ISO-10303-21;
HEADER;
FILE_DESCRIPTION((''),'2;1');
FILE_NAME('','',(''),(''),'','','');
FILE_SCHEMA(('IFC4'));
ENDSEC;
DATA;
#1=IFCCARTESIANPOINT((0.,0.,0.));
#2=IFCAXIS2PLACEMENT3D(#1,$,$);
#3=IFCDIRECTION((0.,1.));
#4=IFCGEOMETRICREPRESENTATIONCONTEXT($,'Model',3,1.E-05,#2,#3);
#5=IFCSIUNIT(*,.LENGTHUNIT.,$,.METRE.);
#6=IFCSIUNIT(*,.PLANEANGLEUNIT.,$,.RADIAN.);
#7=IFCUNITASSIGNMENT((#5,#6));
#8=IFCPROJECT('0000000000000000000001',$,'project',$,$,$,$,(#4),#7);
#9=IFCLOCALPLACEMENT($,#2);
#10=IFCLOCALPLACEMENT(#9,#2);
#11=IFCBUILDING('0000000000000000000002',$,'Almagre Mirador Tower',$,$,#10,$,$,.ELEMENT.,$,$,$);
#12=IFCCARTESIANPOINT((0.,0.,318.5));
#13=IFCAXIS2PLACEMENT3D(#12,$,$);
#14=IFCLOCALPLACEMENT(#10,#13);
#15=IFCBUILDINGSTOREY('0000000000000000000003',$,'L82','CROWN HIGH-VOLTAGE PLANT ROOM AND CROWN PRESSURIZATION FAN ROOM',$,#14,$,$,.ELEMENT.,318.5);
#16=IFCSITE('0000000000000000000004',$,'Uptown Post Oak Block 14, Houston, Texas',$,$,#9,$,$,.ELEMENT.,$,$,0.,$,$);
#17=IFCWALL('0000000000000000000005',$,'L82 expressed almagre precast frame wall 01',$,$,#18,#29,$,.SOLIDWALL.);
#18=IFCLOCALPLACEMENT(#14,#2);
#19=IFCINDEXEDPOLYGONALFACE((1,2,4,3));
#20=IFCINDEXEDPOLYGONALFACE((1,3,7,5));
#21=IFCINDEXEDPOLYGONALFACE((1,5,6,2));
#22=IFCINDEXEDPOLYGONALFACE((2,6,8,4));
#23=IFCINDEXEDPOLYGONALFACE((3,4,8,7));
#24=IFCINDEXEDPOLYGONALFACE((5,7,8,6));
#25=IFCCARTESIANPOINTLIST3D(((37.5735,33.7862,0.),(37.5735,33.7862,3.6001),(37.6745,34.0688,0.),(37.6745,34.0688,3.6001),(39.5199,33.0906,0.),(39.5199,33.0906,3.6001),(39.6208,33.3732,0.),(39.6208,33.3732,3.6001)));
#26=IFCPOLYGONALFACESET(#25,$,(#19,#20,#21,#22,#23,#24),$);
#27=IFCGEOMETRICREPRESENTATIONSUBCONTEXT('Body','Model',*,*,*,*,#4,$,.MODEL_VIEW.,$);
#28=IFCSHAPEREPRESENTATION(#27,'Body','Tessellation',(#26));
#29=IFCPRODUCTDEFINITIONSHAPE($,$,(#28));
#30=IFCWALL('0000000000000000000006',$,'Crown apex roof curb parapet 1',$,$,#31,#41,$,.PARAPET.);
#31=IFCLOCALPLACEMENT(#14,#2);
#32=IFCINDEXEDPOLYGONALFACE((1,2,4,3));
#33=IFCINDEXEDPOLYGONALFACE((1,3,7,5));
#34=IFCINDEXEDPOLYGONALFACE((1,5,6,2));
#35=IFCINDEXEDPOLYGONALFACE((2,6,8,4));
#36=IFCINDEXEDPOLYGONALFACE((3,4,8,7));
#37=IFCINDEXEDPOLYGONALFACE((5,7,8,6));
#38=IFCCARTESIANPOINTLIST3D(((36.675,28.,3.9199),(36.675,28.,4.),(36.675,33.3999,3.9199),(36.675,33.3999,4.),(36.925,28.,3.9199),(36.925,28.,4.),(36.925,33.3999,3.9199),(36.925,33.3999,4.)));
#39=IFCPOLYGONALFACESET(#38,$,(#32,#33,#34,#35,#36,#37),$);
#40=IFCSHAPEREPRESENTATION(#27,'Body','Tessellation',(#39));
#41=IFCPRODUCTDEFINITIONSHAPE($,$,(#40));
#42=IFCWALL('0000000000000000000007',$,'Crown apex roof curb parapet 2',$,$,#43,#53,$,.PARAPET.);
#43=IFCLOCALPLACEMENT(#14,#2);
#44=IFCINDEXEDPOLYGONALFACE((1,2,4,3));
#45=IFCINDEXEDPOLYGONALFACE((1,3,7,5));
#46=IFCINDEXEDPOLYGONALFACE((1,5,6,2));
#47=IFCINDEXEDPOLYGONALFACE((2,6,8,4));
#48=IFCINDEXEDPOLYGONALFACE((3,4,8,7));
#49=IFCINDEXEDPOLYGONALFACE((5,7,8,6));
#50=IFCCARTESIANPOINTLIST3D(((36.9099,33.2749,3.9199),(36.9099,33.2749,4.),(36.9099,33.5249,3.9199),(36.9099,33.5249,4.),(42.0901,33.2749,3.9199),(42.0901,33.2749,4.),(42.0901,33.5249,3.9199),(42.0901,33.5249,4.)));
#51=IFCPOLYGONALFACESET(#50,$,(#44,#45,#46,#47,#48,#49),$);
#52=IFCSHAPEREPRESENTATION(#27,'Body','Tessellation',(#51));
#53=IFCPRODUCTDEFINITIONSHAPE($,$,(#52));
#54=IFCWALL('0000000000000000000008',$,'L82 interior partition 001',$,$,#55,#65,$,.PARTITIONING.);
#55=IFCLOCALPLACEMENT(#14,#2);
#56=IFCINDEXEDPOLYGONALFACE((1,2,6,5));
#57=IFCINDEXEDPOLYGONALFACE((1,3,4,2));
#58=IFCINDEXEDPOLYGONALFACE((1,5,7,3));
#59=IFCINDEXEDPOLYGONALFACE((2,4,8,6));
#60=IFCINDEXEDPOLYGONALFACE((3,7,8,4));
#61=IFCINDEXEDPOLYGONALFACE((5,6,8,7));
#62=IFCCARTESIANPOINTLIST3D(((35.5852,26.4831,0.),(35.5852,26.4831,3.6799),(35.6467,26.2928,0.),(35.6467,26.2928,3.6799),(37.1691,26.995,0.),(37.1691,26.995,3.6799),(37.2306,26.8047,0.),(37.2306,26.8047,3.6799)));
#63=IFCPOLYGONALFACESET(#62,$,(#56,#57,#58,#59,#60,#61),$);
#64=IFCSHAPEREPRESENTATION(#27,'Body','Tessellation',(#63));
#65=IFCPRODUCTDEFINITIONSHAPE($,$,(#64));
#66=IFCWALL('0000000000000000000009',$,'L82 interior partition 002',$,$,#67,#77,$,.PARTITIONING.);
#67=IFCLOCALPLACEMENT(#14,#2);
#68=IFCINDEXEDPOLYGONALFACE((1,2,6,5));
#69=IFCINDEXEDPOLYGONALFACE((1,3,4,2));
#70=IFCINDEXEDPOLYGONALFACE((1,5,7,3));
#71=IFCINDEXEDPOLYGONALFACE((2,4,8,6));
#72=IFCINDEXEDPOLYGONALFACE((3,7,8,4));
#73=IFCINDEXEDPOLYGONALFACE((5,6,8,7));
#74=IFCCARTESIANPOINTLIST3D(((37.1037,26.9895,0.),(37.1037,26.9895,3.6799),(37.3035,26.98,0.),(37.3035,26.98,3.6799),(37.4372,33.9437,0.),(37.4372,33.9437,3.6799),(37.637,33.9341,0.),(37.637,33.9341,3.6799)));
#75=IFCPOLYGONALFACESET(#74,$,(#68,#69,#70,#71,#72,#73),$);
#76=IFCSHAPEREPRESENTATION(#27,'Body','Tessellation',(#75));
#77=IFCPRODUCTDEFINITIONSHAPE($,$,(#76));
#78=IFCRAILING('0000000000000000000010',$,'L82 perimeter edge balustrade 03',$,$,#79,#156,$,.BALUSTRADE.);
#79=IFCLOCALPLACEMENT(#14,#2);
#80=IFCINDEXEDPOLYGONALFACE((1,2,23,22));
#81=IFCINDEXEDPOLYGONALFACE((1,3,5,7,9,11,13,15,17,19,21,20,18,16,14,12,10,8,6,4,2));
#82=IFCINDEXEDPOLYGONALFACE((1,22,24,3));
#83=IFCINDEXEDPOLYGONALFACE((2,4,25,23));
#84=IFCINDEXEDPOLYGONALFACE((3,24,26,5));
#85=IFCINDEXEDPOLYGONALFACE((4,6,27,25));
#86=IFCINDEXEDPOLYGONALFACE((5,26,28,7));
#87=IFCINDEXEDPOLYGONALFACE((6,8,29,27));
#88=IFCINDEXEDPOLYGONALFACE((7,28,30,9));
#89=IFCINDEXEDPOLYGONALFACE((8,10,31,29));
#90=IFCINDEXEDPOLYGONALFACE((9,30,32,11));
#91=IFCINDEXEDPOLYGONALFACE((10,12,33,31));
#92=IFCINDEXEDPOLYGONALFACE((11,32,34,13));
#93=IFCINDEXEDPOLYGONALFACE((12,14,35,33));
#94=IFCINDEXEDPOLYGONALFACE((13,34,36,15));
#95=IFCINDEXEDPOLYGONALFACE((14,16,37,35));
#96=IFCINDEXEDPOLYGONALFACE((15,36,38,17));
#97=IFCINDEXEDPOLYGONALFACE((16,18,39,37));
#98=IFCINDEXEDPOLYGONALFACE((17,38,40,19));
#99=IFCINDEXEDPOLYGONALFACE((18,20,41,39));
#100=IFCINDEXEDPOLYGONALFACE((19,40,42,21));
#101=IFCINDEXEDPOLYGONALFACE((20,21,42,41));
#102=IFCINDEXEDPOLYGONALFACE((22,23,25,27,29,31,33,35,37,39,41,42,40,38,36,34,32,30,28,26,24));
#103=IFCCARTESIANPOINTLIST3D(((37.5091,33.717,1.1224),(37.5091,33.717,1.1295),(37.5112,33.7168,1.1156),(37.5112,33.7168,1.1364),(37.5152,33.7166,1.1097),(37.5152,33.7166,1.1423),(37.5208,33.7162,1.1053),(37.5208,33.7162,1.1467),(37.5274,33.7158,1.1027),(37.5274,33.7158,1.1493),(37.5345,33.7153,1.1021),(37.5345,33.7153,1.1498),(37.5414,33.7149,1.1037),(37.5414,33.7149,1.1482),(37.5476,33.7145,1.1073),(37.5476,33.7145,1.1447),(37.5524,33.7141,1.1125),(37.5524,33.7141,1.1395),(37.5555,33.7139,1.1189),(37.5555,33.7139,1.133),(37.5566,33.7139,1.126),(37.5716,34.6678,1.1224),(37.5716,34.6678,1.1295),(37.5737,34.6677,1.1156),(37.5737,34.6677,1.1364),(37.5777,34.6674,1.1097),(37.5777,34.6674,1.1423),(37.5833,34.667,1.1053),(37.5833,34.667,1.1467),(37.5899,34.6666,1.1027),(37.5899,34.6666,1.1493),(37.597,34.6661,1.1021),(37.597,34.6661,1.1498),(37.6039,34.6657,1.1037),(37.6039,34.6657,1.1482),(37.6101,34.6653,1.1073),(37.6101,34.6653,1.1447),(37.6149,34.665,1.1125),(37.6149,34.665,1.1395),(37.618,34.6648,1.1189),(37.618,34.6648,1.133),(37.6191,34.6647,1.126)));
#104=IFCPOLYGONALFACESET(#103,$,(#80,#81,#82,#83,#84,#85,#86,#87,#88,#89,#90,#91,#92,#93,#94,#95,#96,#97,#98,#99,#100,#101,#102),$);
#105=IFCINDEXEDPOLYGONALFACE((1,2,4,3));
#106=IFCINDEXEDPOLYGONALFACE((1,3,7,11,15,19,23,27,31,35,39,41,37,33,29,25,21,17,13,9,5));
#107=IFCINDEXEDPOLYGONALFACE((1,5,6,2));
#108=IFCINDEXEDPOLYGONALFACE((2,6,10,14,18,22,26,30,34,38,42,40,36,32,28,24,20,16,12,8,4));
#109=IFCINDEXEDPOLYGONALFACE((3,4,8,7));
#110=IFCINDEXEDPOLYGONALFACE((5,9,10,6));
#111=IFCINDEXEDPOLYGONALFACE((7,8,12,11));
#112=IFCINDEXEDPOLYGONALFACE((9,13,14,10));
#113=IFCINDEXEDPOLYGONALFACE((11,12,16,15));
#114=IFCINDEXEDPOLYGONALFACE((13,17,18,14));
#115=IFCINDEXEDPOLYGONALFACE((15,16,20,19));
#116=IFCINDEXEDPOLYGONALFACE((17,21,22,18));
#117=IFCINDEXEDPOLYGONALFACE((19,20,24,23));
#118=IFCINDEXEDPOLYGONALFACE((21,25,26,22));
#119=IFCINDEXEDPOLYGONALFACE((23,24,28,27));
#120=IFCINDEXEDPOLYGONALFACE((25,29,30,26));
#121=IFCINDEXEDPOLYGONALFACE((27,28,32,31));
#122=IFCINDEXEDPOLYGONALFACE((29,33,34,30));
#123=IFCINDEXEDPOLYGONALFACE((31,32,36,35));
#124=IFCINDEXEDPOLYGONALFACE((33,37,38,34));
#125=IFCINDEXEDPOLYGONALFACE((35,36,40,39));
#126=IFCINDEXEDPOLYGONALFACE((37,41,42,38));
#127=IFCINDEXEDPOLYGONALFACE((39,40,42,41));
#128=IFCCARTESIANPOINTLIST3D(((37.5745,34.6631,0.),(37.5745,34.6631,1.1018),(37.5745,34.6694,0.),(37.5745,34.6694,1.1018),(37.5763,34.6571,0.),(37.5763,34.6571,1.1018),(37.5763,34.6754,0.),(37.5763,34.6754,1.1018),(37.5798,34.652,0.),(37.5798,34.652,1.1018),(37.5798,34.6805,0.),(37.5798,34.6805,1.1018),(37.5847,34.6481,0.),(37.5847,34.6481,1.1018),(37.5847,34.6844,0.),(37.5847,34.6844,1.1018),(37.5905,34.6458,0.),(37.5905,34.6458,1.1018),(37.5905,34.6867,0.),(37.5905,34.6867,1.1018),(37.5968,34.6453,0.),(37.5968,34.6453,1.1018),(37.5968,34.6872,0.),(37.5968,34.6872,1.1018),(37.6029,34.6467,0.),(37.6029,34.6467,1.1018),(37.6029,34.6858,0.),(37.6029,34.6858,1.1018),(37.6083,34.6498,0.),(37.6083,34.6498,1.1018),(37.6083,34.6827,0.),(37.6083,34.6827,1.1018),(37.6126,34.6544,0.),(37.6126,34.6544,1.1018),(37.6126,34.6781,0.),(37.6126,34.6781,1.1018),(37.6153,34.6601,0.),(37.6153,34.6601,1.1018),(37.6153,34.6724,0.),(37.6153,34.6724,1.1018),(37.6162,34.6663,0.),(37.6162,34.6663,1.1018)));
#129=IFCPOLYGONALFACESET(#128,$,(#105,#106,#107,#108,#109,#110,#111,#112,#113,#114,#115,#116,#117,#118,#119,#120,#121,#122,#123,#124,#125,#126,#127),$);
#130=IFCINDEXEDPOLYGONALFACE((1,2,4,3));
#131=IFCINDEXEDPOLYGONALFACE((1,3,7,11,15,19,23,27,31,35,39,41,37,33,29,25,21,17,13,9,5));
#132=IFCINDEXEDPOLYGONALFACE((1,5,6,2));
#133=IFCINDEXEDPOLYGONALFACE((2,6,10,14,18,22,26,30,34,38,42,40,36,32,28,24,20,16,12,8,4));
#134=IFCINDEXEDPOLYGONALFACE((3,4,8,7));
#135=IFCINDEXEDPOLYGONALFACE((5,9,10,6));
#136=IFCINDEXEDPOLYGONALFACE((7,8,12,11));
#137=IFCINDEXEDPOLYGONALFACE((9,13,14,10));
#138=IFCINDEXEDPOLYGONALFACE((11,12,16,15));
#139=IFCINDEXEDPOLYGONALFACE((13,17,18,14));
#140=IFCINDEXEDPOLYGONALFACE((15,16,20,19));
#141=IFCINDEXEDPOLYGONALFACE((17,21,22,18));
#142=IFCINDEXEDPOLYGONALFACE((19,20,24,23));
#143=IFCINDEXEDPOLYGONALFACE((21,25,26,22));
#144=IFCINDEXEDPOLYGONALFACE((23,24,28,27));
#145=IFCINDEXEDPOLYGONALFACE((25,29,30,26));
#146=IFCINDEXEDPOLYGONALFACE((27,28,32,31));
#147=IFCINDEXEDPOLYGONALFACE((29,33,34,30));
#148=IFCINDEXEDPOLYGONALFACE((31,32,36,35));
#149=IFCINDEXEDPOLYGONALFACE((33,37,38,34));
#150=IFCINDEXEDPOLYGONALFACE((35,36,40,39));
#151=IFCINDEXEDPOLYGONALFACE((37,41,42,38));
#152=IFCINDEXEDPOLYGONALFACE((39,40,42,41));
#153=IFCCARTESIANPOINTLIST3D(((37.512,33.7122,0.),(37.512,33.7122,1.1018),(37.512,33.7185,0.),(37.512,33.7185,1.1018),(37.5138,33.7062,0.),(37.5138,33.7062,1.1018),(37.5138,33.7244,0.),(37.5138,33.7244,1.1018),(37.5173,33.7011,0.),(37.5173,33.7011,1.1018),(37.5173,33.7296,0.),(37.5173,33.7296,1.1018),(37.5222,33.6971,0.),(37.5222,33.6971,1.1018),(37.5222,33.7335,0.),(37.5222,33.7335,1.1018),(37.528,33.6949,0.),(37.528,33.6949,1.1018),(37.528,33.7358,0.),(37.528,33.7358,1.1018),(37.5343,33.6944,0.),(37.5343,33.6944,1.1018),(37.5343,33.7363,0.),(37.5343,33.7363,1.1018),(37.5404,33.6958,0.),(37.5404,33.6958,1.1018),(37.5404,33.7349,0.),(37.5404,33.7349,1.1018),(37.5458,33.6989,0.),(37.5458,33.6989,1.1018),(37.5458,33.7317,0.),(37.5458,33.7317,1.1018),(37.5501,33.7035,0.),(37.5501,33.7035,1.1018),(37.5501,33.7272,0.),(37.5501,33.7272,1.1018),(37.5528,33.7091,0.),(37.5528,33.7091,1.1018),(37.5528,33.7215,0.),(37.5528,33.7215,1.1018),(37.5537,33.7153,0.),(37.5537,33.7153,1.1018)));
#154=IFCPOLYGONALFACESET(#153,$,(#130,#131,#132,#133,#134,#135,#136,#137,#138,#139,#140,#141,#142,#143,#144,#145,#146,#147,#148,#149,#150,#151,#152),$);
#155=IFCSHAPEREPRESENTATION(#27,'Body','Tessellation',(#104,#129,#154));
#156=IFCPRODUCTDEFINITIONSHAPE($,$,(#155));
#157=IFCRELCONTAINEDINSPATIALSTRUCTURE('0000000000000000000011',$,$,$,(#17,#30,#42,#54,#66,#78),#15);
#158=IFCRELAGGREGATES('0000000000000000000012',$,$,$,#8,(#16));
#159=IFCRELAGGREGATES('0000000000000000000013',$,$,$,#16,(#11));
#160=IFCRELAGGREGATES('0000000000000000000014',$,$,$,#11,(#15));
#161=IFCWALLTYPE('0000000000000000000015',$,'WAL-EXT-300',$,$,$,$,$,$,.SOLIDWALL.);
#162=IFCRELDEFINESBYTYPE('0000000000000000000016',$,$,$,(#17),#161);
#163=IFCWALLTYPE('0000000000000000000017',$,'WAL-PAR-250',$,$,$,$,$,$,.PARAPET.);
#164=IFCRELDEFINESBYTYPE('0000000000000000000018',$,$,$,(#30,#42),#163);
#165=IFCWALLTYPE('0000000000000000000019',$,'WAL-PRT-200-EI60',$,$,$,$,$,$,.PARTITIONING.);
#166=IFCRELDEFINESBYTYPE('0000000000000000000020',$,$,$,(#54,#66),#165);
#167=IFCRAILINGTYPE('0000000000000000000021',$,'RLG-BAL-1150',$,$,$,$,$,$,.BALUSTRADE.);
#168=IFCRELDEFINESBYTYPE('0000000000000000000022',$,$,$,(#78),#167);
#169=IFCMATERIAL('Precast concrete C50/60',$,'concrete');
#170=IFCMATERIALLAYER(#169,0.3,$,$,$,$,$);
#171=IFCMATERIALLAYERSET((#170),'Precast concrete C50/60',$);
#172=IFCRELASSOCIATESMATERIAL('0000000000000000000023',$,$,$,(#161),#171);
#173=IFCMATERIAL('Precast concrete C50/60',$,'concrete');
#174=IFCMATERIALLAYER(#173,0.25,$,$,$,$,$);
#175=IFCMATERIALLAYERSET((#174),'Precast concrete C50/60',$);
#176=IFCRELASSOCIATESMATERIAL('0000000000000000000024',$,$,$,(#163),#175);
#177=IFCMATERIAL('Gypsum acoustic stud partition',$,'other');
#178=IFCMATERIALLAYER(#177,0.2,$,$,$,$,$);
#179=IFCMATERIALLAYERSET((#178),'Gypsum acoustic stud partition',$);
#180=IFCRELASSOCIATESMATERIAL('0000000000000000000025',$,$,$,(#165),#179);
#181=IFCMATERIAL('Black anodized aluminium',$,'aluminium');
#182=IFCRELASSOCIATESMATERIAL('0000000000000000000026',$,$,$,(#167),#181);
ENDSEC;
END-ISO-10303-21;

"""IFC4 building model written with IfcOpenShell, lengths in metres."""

from ifc_helpers import new_model, si_unit, direction, frame, frame_2d, origin, origin_2d, place, context, subcontext, project, spatial, rectangle, circle, extrude, material, layer, layer_set, type_object, element, save


model = new_model("IFC4")

# Units and contexts
model_context = context("Model", 3, precision=1e-05, world=origin(), true_north=direction((0.0, 1.0)))
body_context = subcontext(model_context, "Body", "Model", "MODEL_VIEW")
ifc_project = project(units=[si_unit("LENGTHUNIT", "METRE"), si_unit("PLANEANGLEUNIT", "RADIAN")], contexts=[model_context])

# Site, building, storey
site_placement = place(None, origin())
site = spatial("IfcSite", under=ifc_project, at=site_placement, Name="Uptown Post Oak Block 14, Houston, Texas", CompositionType="ELEMENT", RefElevation=0.0)
building_placement = place(site_placement, origin())
building = spatial("IfcBuilding", under=site, at=building_placement, Name="Almagre Mirador Tower", CompositionType="ELEMENT")
storey_placement = place(building_placement, frame((0.0, 0.0, 318.5)))
storey = spatial("IfcBuildingStorey", under=building, at=storey_placement, Name="L82", Description="CROWN HIGH-VOLTAGE PLANT ROOM AND CROWN PRESSURIZATION FAN ROOM", CompositionType="ELEMENT", Elevation=318.5)

# Walls
ifc_material_1 = material(Name="Precast concrete C50/60", Category="concrete")
ifc_layer_1 = layer(ifc_material_1, 0.3)
ifc_layer_set_1 = layer_set([ifc_layer_1], Name="Precast concrete C50/60")
wall_type_1 = type_object("IfcWallType", Name="WAL-EXT-300", PredefinedType="SOLIDWALL", material=ifc_layer_set_1)
wall_1_placement = place(storey_placement, frame((37.624, 33.9275, 0.0), z_axis=(0.0, 0.0, 1.0), x_axis=(0.941672, -0.336531, 0.0)))
element("IfcWall", 1, at=wall_1_placement, inside=storey, type_object=wall_type_1, Name="L82 expressed almagre precast frame wall 01", PredefinedType="SOLIDWALL", context=body_context, shape_type="SweptSolid", body=[
    extrude(rectangle(XDim=2.0669, YDim=0.3, at=frame_2d((1.0334, 0.0))), origin(), (0.0, 0.0, 1.0), 3.6001),
])
ifc_material_2 = material(Name="Precast concrete C50/60", Category="concrete")
ifc_layer_2 = layer(ifc_material_2, 0.25)
ifc_layer_set_2 = layer_set([ifc_layer_2], Name="Precast concrete C50/60")
wall_type_2 = type_object("IfcWallType", Name="WAL-PAR-250", PredefinedType="PARAPET", material=ifc_layer_set_2)
wall_2_placement = place(storey_placement, frame((36.8, 28.0, 3.9199), z_axis=(0.0, 0.0, 1.0), x_axis=(0.0, 1.0, 0.0)))
element("IfcWall", 2, at=wall_2_placement, inside=storey, type_object=wall_type_2, Name="Crown apex roof curb parapet 1", PredefinedType="PARAPET", context=body_context, shape_type="SweptSolid", body=[
    extrude(rectangle(XDim=5.3999, YDim=0.25, at=frame_2d((2.7, 0.0))), origin(), (0.0, 0.0, 1.0), 0.0801),
])
wall_3_placement = place(storey_placement, frame((36.9099, 33.3999, 3.9199), z_axis=(0.0, 0.0, 1.0), x_axis=(1.0, 0.0, 0.0)))
element("IfcWall", 3, at=wall_3_placement, inside=storey, type_object=wall_type_2, Name="Crown apex roof curb parapet 2", PredefinedType="PARAPET", context=body_context, shape_type="SweptSolid", body=[
    extrude(rectangle(XDim=5.1802, YDim=0.25, at=frame_2d((2.5901, 0.0))), origin(), (0.0, 0.0, 1.0), 0.0801),
])
ifc_material_3 = material(Name="Gypsum acoustic stud partition", Category="other")
ifc_layer_3 = layer(ifc_material_3, 0.2)
ifc_layer_set_3 = layer_set([ifc_layer_3], Name="Gypsum acoustic stud partition")
wall_type_3 = type_object("IfcWallType", Name="WAL-PRT-200-EI60", PredefinedType="PARTITIONING", material=ifc_layer_set_3)
wall_4_placement = place(storey_placement, frame((35.616, 26.3879, 0.0), z_axis=(0.0, 0.0, 1.0), x_axis=(0.951533, 0.307547, 0.0)))
element("IfcWall", 4, at=wall_4_placement, inside=storey, type_object=wall_type_3, Name="L82 interior partition 001", PredefinedType="PARTITIONING", context=body_context, shape_type="SweptSolid", body=[
    extrude(rectangle(XDim=1.6646, YDim=0.2, at=frame_2d((0.8323, 0.0))), origin(), (0.0, 0.0, 1.0), 3.6799),
])
wall_5_placement = place(storey_placement, frame((37.2036, 26.9849, 0.0), z_axis=(0.0, 0.0, 1.0), x_axis=(0.047902, 0.998852, 0.0)))
element("IfcWall", 5, at=wall_5_placement, inside=storey, type_object=wall_type_3, Name="L82 interior partition 002", PredefinedType="PARTITIONING", context=body_context, shape_type="SweptSolid", body=[
    extrude(rectangle(XDim=6.9622, YDim=0.2, at=frame_2d((3.481, 0.0))), origin(), (0.0, 0.0, 1.0), 3.6799),
])

# Railing
ifc_material_4 = material(Name="Black anodized aluminium", Category="aluminium")
railing_type = type_object("IfcRailingType", Name="RLG-BAL-1150", PredefinedType="BALUSTRADE", material=ifc_material_4)
railing_1_placement = place(storey_placement, frame((37.5952, 34.6663, 0.0)))
element("IfcRailing", 6, at=railing_1_placement, inside=storey, type_object=railing_type, Name="L82 perimeter edge balustrade 03", PredefinedType="BALUSTRADE", context=body_context, shape_type="SweptSolid", body=[
    extrude(circle(Radius=0.0239, at=origin_2d()), frame((0.0, 0.0, 1.126), z_axis=(-0.065584, -0.997847, 0.0), x_axis=(0.997847, -0.065584, 0.0)), (0.0, 0.0, 1.0), 0.9529),
    extrude(circle(Radius=0.021, at=origin_2d()), origin(), (0.0, 0.0, 1.0), 1.1018),
    extrude(circle(Radius=0.021, at=origin_2d()), frame((-0.0625, -0.9509, 0.0)), (0.0, 0.0, 1.0), 1.1018),
])

save(model, "model.ifc")
